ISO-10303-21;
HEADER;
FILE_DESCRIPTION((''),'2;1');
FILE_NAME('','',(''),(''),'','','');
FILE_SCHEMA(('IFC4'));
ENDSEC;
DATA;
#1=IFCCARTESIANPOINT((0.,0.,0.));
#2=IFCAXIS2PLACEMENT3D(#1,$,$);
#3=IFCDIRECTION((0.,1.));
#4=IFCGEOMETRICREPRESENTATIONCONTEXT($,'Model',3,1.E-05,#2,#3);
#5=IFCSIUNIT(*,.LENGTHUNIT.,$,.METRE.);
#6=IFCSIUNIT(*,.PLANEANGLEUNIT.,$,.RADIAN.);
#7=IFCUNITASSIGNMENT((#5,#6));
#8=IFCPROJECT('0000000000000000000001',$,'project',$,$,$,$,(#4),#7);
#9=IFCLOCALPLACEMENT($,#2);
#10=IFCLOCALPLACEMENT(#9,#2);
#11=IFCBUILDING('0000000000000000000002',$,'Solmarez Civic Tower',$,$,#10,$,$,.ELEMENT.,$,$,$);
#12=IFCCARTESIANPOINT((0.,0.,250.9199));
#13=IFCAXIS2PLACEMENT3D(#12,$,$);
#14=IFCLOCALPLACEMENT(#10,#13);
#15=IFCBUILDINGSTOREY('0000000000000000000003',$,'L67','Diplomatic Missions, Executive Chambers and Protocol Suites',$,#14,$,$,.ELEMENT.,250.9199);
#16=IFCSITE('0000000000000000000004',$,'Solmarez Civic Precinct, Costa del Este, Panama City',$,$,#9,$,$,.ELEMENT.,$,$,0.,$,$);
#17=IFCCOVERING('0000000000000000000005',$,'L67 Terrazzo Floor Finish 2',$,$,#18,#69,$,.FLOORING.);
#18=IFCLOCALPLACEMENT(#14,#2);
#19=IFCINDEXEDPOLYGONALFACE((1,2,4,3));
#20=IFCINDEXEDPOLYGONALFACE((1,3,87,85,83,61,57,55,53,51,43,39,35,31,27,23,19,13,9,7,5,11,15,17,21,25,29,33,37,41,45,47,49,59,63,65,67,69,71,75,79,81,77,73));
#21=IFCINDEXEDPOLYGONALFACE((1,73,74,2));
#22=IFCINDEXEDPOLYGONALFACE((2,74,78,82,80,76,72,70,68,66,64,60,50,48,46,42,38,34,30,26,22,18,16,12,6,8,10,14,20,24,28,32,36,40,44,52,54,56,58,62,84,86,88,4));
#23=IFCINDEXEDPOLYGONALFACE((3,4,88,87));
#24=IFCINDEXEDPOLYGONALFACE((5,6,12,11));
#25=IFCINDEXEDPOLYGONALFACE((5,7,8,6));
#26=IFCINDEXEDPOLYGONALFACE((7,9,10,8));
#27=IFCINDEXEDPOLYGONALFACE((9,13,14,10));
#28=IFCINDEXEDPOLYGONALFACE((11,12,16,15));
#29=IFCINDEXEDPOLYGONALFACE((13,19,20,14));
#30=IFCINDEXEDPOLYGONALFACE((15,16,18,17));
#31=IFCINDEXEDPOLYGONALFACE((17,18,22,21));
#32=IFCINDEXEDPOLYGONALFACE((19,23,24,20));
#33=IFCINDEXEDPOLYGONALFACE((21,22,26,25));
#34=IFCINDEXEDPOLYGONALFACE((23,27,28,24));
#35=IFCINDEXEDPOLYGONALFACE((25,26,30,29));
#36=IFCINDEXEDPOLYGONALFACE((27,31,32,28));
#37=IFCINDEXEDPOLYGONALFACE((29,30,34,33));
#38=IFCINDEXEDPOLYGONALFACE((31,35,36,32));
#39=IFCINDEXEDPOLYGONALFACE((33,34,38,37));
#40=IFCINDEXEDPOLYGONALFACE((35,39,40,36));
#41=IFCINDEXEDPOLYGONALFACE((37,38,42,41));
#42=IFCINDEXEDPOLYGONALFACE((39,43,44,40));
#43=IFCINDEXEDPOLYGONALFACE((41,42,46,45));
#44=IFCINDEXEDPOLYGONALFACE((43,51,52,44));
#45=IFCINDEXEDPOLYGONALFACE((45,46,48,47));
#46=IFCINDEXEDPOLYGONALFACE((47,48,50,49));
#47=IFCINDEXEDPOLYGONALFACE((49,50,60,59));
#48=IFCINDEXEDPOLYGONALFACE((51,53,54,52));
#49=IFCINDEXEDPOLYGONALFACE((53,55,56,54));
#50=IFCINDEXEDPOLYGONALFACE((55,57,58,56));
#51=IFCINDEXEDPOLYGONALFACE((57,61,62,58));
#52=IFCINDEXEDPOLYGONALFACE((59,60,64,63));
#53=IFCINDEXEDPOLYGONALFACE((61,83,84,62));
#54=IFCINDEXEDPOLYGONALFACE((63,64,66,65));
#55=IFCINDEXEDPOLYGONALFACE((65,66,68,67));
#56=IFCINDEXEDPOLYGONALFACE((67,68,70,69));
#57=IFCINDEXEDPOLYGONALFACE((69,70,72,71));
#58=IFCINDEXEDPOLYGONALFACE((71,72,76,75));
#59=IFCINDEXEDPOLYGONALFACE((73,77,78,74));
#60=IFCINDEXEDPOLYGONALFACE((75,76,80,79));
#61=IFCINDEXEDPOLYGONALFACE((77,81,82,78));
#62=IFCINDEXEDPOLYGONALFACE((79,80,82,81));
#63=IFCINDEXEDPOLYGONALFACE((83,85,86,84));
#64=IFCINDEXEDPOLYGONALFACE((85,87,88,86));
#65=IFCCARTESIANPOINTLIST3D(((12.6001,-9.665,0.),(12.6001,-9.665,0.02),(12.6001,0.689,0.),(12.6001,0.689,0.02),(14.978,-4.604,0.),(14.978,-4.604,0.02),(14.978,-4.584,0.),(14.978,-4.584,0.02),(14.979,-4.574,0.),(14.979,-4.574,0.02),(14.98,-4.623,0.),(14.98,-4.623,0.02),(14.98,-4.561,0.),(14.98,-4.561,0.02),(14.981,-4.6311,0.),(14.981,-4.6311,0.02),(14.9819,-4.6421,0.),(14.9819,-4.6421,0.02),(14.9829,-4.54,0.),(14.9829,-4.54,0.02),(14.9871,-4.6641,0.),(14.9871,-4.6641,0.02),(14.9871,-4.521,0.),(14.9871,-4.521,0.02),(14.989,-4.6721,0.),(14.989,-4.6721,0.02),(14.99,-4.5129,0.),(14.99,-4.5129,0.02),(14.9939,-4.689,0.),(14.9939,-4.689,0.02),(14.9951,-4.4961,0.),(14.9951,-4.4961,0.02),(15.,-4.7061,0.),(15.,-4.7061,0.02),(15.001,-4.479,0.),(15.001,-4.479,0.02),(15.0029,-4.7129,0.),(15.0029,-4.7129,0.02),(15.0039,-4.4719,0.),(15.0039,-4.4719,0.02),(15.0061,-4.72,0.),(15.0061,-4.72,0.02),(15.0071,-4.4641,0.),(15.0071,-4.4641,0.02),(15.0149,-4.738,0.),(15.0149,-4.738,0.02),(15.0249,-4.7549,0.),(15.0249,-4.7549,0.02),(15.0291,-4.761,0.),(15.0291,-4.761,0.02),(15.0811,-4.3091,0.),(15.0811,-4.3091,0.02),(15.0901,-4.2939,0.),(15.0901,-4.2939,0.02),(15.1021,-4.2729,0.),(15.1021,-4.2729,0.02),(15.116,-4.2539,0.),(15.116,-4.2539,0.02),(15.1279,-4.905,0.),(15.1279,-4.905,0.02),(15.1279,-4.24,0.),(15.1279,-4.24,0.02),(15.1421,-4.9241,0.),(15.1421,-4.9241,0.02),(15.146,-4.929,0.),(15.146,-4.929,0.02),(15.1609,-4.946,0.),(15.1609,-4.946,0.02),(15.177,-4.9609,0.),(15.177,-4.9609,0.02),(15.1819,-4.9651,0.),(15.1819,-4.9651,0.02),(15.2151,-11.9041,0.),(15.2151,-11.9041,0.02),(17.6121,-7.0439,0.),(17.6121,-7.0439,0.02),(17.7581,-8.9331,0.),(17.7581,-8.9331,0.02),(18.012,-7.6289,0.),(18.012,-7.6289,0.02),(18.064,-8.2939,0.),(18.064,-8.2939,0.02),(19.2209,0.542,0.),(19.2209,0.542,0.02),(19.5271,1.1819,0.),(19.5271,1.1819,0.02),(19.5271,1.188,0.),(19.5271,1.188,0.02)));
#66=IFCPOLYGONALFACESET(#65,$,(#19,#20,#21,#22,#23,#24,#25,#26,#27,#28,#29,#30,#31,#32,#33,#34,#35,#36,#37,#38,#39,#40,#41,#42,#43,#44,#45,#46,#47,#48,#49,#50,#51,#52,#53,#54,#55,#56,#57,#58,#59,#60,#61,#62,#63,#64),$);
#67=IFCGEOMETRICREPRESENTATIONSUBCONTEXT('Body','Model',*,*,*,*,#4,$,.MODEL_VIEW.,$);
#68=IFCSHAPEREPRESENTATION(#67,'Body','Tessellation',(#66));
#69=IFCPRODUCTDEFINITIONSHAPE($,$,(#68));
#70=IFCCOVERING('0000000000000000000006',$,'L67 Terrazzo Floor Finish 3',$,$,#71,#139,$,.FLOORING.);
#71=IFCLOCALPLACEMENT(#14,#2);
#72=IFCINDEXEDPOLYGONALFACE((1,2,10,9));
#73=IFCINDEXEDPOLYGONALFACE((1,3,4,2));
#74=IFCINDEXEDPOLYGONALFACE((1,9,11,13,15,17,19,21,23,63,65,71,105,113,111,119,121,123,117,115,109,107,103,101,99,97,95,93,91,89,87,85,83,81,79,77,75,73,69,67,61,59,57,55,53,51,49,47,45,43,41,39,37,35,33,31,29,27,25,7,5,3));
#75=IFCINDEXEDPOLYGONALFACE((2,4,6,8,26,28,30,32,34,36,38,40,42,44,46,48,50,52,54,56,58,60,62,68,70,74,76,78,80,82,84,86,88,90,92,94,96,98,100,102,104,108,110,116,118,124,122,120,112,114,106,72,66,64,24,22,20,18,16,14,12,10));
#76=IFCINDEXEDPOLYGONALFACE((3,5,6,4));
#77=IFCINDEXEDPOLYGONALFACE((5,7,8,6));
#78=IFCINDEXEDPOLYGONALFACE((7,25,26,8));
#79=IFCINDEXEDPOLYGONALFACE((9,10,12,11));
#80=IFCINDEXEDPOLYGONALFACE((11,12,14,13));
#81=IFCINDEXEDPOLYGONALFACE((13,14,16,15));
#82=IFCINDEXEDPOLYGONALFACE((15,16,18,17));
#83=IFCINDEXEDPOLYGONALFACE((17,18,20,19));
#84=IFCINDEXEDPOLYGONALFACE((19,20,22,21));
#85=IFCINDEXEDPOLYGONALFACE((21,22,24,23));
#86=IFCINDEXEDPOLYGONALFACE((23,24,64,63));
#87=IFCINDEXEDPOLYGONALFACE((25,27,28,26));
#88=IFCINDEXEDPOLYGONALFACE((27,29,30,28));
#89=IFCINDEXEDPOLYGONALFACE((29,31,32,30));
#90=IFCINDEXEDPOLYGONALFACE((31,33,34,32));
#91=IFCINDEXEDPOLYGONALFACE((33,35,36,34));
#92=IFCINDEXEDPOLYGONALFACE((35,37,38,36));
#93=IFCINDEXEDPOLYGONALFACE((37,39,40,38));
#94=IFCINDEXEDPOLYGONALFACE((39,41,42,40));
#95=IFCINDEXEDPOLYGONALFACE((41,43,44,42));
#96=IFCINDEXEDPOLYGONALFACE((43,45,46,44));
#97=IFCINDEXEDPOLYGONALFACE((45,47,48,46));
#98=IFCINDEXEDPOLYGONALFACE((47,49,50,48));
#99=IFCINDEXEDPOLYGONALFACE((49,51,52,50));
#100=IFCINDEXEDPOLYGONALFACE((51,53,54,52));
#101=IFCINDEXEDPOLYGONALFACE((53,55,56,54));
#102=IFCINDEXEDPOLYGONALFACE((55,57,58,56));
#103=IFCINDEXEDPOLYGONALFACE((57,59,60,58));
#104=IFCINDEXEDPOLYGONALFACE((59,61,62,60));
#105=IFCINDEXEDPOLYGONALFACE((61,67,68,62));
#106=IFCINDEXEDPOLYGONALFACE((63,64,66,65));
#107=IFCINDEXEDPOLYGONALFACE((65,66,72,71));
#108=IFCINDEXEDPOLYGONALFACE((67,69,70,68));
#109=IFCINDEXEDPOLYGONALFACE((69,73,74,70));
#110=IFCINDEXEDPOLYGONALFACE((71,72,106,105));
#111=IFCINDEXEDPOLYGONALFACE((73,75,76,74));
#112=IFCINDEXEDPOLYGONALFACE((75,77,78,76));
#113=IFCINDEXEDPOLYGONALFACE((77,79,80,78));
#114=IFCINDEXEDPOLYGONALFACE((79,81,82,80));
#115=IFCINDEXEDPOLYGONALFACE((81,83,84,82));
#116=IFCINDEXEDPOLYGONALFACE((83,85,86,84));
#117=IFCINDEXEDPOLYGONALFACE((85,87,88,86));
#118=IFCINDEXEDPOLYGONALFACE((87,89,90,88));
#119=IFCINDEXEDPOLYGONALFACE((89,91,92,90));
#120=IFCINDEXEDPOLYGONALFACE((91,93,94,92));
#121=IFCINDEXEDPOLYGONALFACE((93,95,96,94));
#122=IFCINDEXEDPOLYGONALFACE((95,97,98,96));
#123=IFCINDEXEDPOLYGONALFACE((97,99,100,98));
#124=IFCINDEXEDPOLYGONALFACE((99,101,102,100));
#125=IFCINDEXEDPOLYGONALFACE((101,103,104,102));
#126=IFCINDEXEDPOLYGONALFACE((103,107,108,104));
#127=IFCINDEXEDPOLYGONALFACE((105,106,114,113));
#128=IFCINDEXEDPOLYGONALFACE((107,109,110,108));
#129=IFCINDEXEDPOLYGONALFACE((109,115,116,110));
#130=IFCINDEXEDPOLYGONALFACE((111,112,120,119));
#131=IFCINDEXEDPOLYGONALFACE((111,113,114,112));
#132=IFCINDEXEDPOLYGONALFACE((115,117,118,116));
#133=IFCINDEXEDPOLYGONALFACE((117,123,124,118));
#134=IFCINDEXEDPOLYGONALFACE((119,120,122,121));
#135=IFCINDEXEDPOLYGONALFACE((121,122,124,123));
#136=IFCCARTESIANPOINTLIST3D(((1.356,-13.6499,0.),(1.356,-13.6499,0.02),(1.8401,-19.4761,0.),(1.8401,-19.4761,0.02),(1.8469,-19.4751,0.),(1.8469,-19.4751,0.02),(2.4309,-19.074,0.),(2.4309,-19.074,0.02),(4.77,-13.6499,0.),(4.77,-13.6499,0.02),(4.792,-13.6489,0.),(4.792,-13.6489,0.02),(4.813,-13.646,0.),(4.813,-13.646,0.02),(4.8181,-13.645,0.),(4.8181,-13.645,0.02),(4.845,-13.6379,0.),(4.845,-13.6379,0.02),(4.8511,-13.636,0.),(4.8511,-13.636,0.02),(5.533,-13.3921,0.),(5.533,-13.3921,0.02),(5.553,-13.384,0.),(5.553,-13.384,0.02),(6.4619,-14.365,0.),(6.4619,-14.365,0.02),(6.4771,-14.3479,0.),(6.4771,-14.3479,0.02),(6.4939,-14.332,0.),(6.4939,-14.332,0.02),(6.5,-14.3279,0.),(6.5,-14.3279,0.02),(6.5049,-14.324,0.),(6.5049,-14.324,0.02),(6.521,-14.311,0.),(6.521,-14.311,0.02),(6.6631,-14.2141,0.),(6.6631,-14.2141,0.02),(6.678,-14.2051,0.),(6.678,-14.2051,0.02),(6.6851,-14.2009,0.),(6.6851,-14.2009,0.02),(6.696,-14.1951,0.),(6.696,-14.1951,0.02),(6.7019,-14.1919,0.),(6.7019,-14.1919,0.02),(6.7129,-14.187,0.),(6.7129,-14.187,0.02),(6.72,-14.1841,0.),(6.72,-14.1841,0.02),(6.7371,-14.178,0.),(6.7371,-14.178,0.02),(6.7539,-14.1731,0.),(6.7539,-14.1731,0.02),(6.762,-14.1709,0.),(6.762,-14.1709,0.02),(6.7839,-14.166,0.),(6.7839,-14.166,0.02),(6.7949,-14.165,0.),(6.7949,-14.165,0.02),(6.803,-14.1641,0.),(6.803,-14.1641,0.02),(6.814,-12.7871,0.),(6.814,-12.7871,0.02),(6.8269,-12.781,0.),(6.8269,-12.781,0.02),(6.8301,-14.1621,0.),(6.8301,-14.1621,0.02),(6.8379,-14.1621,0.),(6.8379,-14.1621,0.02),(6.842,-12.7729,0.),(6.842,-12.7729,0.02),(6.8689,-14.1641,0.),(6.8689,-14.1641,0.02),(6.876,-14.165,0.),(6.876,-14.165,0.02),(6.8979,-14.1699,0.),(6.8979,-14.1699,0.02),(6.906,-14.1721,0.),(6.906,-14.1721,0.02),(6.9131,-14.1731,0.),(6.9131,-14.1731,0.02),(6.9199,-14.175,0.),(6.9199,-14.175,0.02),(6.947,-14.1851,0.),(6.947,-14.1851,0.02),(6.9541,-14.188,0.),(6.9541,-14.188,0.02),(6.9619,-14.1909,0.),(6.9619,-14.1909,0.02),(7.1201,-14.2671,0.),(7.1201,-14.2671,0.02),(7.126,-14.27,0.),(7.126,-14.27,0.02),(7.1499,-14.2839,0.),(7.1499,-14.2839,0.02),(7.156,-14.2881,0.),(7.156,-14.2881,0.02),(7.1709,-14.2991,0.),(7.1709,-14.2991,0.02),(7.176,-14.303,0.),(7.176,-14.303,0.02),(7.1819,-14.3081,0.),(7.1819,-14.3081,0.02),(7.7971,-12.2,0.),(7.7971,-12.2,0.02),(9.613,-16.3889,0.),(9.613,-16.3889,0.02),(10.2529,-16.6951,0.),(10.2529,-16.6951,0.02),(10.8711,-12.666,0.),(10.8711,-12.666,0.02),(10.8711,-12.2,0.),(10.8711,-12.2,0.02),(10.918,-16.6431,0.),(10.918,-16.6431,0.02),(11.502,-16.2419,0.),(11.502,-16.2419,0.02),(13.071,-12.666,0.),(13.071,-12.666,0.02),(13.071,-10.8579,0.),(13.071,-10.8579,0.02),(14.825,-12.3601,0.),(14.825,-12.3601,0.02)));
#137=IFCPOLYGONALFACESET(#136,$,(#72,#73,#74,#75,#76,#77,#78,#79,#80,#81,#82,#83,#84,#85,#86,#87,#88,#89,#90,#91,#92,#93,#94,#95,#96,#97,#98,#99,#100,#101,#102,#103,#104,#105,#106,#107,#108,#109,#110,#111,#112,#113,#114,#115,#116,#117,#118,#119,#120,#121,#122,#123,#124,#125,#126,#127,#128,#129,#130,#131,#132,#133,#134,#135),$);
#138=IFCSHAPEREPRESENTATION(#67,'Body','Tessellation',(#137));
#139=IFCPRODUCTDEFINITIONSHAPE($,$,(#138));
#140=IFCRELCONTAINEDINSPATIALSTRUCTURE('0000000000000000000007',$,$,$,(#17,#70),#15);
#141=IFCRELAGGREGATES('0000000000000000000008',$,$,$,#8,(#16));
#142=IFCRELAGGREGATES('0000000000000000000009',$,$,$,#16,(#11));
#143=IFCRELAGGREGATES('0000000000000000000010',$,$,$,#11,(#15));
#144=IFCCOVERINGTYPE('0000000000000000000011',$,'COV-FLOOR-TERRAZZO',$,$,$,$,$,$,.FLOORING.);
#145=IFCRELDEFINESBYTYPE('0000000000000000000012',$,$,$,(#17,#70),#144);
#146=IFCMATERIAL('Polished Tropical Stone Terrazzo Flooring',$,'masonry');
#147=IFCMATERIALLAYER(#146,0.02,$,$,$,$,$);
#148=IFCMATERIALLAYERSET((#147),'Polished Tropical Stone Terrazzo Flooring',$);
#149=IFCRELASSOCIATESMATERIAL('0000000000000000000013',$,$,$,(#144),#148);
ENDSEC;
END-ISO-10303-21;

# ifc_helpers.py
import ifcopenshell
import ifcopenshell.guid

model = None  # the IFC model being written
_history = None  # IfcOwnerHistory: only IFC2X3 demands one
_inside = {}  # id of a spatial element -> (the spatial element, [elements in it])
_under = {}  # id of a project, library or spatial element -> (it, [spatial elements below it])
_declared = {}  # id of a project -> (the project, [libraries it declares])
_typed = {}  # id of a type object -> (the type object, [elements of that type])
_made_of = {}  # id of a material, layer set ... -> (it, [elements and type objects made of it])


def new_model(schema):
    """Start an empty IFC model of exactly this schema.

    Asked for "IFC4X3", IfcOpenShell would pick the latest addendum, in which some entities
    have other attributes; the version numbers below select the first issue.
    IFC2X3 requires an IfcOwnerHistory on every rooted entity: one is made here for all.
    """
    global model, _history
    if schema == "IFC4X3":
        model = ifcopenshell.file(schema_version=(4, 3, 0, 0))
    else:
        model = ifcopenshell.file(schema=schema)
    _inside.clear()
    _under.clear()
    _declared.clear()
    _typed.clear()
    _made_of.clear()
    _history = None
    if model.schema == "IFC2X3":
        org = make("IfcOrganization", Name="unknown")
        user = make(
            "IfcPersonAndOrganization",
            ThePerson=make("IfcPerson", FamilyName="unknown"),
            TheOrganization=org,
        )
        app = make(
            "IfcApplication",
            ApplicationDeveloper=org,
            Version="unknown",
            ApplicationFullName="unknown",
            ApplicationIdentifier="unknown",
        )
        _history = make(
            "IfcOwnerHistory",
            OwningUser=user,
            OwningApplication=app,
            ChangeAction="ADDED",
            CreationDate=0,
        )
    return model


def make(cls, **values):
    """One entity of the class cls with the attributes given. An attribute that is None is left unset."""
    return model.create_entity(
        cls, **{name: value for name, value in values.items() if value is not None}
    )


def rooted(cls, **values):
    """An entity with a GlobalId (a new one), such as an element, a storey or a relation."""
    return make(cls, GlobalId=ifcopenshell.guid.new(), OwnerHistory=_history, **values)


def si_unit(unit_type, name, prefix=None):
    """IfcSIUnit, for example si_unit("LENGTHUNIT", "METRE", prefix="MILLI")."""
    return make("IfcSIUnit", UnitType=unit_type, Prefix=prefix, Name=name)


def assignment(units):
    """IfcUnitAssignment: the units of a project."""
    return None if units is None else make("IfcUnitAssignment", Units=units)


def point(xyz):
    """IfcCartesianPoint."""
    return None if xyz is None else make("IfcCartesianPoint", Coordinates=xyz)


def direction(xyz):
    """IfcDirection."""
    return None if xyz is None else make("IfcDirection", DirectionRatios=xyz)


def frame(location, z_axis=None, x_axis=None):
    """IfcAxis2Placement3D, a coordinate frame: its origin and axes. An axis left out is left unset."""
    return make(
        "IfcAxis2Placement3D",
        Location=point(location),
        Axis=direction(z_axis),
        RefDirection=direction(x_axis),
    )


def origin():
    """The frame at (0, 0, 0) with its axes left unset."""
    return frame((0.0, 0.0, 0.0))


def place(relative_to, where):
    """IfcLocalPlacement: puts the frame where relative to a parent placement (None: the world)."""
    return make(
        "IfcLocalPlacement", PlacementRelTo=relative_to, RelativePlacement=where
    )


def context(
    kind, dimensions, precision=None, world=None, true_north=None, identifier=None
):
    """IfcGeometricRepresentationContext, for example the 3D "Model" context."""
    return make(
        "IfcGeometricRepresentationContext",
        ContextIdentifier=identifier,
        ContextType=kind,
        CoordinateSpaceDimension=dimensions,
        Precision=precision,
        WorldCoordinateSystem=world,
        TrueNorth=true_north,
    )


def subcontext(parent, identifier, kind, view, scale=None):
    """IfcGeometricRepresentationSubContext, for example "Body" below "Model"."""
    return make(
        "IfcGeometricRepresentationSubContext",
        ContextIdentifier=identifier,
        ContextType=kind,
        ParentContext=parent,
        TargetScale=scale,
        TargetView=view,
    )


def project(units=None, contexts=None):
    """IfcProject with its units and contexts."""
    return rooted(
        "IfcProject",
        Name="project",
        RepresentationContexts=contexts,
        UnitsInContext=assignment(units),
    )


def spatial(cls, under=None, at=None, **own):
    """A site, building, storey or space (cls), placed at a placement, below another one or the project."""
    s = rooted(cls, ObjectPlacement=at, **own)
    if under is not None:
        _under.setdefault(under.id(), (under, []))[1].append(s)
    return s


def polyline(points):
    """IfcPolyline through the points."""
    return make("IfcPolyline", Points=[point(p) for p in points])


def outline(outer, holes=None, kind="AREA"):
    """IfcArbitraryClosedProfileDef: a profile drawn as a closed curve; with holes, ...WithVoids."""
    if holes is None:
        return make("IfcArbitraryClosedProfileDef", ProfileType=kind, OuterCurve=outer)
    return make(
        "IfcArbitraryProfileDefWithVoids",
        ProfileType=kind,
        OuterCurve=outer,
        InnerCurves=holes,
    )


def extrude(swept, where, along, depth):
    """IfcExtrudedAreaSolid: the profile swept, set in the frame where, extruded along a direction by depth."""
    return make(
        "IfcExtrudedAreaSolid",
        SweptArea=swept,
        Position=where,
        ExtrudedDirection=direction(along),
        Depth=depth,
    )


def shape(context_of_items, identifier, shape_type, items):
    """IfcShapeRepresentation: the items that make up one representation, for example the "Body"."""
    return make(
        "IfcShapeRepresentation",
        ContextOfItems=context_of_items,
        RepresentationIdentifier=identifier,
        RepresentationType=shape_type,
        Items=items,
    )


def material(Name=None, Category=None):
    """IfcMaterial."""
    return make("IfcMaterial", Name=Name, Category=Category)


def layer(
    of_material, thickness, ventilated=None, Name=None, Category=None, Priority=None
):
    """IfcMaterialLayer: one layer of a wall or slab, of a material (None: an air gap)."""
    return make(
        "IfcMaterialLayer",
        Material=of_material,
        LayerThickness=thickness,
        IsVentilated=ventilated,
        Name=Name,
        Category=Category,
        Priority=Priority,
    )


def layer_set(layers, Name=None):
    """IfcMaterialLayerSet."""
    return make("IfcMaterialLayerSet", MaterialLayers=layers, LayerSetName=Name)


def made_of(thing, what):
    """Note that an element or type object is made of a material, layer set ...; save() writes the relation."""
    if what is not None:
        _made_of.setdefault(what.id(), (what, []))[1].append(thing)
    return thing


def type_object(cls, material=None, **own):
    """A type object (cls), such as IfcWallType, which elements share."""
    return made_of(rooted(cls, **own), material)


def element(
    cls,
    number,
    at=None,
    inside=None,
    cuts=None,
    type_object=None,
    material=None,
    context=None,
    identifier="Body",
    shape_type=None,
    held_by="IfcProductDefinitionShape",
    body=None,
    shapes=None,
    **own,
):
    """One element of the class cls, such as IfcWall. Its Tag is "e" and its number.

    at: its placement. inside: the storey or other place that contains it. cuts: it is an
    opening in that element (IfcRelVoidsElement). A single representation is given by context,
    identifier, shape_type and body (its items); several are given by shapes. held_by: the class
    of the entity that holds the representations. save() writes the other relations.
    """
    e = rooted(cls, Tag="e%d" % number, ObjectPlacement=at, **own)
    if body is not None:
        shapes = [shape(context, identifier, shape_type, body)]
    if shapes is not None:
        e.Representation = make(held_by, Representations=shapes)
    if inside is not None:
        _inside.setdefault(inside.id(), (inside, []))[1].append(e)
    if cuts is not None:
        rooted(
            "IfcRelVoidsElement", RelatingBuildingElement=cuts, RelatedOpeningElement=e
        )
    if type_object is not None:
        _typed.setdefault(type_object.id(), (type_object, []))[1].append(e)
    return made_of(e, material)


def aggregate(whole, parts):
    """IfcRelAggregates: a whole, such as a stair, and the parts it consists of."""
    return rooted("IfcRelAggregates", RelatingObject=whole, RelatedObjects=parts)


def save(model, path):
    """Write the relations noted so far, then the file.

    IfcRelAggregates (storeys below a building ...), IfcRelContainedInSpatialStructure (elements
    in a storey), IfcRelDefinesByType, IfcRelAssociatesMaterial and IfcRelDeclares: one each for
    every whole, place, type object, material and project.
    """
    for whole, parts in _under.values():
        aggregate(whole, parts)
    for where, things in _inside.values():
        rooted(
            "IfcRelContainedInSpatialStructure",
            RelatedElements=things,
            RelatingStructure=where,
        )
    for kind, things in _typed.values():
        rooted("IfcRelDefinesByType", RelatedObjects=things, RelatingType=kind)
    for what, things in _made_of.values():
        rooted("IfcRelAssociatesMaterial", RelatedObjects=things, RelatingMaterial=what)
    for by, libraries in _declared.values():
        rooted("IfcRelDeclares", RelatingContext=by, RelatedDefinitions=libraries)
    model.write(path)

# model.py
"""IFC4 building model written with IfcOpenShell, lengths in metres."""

from ifc_helpers import new_model, si_unit, direction, frame, origin, place, context, subcontext, project, spatial, polyline, outline, extrude, material, layer, layer_set, type_object, element, save


model = new_model("IFC4")

# Units and contexts
model_context = context("Model", 3, precision=1e-05, world=origin(), true_north=direction((0.0, 1.0)))
body_context = subcontext(model_context, "Body", "Model", "MODEL_VIEW")
ifc_project = project(units=[si_unit("LENGTHUNIT", "METRE"), si_unit("PLANEANGLEUNIT", "RADIAN")], contexts=[model_context])

# Site, building, storey
site_placement = place(None, origin())
site = spatial("IfcSite", under=ifc_project, at=site_placement, Name="Solmarez Civic Precinct, Costa del Este, Panama City", CompositionType="ELEMENT", RefElevation=0.0)
building_placement = place(site_placement, origin())
building = spatial("IfcBuilding", under=site, at=building_placement, Name="Solmarez Civic Tower", CompositionType="ELEMENT")
storey_placement = place(building_placement, frame((0.0, 0.0, 250.9199)))
storey = spatial("IfcBuildingStorey", under=building, at=storey_placement, Name="L67", Description="Diplomatic Missions, Executive Chambers and Protocol Suites", CompositionType="ELEMENT", Elevation=250.9199)

# Coverings
ifc_material_1 = material(Name="Polished Tropical Stone Terrazzo Flooring", Category="masonry")
ifc_layer_1 = layer(ifc_material_1, 0.02)
ifc_layer_set_1 = layer_set([ifc_layer_1], Name="Polished Tropical Stone Terrazzo Flooring")
covering_type_1 = type_object("IfcCoveringType", Name="COV-FLOOR-TERRAZZO", PredefinedType="FLOORING", material=ifc_layer_set_1)
covering_1_placement = place(storey_placement, origin())
element("IfcCovering", 1, at=covering_1_placement, inside=storey, type_object=covering_type_1, Name="L67 Terrazzo Floor Finish 2", PredefinedType="FLOORING", context=body_context, shape_type="SweptSolid", body=[
    extrude(outline(polyline([(12.6001, 0.689), (12.6001, -9.665), (15.2151, -11.9041), (17.7581, -8.9331), (18.064, -8.2939), (18.012, -7.6289), (17.6121, -7.0439), (15.1819, -4.9651), (15.177, -4.9609), (15.1609, -4.946), (15.146, -4.929), (15.1421, -4.9241), (15.1279, -4.905), (15.0291, -4.761), (15.0249, -4.7549), (15.0149, -4.738), (15.0061, -4.72), (15.0029, -4.7129), (15.0, -4.7061), (14.9939, -4.689), (14.989, -4.6721), (14.9871, -4.6641), (14.9819, -4.6421), (14.981, -4.6311), (14.98, -4.623), (14.978, -4.604), (14.978, -4.584), (14.979, -4.574), (14.98, -4.561), (14.9829, -4.54), (14.9871, -4.521), (14.99, -4.5129), (14.9951, -4.4961), (15.001, -4.479), (15.0039, -4.4719), (15.0071, -4.4641), (15.0811, -4.3091), (15.0901, -4.2939), (15.1021, -4.2729), (15.116, -4.2539), (15.1279, -4.24), (19.2209, 0.542), (19.5271, 1.1819), (19.5271, 1.188), (12.6001, 0.689)])), origin(), (0.0, 0.0, 1.0), 0.02),
])
covering_2_placement = place(storey_placement, origin())
element("IfcCovering", 2, at=covering_2_placement, inside=storey, type_object=covering_type_1, Name="L67 Terrazzo Floor Finish 3", PredefinedType="FLOORING", context=body_context, shape_type="SweptSolid", body=[
    extrude(outline(polyline([(6.5, -14.3279), (6.5049, -14.324), (6.521, -14.311), (6.6631, -14.2141), (6.678, -14.2051), (6.6851, -14.2009), (6.696, -14.1951), (6.7019, -14.1919), (6.7129, -14.187), (6.72, -14.1841), (6.7371, -14.178), (6.7539, -14.1731), (6.762, -14.1709), (6.7839, -14.166), (6.7949, -14.165), (6.803, -14.1641), (6.8301, -14.1621), (6.8379, -14.1621), (6.8689, -14.1641), (6.876, -14.165), (6.8979, -14.1699), (6.906, -14.1721), (6.9131, -14.1731), (6.9199, -14.175), (6.947, -14.1851), (6.9541, -14.188), (6.9619, -14.1909), (7.1201, -14.2671), (7.126, -14.27), (7.1499, -14.2839), (7.156, -14.2881), (7.1709, -14.2991), (7.176, -14.303), (7.1819, -14.3081), (9.613, -16.3889), (10.2529, -16.6951), (10.918, -16.6431), (11.502, -16.2419), (14.825, -12.3601), (13.071, -10.8579), (13.071, -12.666), (10.8711, -12.666), (10.8711, -12.2), (7.7971, -12.2), (6.842, -12.7729), (6.8269, -12.781), (6.814, -12.7871), (5.553, -13.384), (5.533, -13.3921), (4.8511, -13.636), (4.845, -13.6379), (4.8181, -13.645), (4.813, -13.646), (4.792, -13.6489), (4.77, -13.6499), (1.356, -13.6499), (1.8401, -19.4761), (1.8469, -19.4751), (2.4309, -19.074), (6.4619, -14.365), (6.4771, -14.3479), (6.4939, -14.332), (6.5, -14.3279)])), origin(), (0.0, 0.0, 1.0), 0.02),
])

save(model, "model.ifc")
